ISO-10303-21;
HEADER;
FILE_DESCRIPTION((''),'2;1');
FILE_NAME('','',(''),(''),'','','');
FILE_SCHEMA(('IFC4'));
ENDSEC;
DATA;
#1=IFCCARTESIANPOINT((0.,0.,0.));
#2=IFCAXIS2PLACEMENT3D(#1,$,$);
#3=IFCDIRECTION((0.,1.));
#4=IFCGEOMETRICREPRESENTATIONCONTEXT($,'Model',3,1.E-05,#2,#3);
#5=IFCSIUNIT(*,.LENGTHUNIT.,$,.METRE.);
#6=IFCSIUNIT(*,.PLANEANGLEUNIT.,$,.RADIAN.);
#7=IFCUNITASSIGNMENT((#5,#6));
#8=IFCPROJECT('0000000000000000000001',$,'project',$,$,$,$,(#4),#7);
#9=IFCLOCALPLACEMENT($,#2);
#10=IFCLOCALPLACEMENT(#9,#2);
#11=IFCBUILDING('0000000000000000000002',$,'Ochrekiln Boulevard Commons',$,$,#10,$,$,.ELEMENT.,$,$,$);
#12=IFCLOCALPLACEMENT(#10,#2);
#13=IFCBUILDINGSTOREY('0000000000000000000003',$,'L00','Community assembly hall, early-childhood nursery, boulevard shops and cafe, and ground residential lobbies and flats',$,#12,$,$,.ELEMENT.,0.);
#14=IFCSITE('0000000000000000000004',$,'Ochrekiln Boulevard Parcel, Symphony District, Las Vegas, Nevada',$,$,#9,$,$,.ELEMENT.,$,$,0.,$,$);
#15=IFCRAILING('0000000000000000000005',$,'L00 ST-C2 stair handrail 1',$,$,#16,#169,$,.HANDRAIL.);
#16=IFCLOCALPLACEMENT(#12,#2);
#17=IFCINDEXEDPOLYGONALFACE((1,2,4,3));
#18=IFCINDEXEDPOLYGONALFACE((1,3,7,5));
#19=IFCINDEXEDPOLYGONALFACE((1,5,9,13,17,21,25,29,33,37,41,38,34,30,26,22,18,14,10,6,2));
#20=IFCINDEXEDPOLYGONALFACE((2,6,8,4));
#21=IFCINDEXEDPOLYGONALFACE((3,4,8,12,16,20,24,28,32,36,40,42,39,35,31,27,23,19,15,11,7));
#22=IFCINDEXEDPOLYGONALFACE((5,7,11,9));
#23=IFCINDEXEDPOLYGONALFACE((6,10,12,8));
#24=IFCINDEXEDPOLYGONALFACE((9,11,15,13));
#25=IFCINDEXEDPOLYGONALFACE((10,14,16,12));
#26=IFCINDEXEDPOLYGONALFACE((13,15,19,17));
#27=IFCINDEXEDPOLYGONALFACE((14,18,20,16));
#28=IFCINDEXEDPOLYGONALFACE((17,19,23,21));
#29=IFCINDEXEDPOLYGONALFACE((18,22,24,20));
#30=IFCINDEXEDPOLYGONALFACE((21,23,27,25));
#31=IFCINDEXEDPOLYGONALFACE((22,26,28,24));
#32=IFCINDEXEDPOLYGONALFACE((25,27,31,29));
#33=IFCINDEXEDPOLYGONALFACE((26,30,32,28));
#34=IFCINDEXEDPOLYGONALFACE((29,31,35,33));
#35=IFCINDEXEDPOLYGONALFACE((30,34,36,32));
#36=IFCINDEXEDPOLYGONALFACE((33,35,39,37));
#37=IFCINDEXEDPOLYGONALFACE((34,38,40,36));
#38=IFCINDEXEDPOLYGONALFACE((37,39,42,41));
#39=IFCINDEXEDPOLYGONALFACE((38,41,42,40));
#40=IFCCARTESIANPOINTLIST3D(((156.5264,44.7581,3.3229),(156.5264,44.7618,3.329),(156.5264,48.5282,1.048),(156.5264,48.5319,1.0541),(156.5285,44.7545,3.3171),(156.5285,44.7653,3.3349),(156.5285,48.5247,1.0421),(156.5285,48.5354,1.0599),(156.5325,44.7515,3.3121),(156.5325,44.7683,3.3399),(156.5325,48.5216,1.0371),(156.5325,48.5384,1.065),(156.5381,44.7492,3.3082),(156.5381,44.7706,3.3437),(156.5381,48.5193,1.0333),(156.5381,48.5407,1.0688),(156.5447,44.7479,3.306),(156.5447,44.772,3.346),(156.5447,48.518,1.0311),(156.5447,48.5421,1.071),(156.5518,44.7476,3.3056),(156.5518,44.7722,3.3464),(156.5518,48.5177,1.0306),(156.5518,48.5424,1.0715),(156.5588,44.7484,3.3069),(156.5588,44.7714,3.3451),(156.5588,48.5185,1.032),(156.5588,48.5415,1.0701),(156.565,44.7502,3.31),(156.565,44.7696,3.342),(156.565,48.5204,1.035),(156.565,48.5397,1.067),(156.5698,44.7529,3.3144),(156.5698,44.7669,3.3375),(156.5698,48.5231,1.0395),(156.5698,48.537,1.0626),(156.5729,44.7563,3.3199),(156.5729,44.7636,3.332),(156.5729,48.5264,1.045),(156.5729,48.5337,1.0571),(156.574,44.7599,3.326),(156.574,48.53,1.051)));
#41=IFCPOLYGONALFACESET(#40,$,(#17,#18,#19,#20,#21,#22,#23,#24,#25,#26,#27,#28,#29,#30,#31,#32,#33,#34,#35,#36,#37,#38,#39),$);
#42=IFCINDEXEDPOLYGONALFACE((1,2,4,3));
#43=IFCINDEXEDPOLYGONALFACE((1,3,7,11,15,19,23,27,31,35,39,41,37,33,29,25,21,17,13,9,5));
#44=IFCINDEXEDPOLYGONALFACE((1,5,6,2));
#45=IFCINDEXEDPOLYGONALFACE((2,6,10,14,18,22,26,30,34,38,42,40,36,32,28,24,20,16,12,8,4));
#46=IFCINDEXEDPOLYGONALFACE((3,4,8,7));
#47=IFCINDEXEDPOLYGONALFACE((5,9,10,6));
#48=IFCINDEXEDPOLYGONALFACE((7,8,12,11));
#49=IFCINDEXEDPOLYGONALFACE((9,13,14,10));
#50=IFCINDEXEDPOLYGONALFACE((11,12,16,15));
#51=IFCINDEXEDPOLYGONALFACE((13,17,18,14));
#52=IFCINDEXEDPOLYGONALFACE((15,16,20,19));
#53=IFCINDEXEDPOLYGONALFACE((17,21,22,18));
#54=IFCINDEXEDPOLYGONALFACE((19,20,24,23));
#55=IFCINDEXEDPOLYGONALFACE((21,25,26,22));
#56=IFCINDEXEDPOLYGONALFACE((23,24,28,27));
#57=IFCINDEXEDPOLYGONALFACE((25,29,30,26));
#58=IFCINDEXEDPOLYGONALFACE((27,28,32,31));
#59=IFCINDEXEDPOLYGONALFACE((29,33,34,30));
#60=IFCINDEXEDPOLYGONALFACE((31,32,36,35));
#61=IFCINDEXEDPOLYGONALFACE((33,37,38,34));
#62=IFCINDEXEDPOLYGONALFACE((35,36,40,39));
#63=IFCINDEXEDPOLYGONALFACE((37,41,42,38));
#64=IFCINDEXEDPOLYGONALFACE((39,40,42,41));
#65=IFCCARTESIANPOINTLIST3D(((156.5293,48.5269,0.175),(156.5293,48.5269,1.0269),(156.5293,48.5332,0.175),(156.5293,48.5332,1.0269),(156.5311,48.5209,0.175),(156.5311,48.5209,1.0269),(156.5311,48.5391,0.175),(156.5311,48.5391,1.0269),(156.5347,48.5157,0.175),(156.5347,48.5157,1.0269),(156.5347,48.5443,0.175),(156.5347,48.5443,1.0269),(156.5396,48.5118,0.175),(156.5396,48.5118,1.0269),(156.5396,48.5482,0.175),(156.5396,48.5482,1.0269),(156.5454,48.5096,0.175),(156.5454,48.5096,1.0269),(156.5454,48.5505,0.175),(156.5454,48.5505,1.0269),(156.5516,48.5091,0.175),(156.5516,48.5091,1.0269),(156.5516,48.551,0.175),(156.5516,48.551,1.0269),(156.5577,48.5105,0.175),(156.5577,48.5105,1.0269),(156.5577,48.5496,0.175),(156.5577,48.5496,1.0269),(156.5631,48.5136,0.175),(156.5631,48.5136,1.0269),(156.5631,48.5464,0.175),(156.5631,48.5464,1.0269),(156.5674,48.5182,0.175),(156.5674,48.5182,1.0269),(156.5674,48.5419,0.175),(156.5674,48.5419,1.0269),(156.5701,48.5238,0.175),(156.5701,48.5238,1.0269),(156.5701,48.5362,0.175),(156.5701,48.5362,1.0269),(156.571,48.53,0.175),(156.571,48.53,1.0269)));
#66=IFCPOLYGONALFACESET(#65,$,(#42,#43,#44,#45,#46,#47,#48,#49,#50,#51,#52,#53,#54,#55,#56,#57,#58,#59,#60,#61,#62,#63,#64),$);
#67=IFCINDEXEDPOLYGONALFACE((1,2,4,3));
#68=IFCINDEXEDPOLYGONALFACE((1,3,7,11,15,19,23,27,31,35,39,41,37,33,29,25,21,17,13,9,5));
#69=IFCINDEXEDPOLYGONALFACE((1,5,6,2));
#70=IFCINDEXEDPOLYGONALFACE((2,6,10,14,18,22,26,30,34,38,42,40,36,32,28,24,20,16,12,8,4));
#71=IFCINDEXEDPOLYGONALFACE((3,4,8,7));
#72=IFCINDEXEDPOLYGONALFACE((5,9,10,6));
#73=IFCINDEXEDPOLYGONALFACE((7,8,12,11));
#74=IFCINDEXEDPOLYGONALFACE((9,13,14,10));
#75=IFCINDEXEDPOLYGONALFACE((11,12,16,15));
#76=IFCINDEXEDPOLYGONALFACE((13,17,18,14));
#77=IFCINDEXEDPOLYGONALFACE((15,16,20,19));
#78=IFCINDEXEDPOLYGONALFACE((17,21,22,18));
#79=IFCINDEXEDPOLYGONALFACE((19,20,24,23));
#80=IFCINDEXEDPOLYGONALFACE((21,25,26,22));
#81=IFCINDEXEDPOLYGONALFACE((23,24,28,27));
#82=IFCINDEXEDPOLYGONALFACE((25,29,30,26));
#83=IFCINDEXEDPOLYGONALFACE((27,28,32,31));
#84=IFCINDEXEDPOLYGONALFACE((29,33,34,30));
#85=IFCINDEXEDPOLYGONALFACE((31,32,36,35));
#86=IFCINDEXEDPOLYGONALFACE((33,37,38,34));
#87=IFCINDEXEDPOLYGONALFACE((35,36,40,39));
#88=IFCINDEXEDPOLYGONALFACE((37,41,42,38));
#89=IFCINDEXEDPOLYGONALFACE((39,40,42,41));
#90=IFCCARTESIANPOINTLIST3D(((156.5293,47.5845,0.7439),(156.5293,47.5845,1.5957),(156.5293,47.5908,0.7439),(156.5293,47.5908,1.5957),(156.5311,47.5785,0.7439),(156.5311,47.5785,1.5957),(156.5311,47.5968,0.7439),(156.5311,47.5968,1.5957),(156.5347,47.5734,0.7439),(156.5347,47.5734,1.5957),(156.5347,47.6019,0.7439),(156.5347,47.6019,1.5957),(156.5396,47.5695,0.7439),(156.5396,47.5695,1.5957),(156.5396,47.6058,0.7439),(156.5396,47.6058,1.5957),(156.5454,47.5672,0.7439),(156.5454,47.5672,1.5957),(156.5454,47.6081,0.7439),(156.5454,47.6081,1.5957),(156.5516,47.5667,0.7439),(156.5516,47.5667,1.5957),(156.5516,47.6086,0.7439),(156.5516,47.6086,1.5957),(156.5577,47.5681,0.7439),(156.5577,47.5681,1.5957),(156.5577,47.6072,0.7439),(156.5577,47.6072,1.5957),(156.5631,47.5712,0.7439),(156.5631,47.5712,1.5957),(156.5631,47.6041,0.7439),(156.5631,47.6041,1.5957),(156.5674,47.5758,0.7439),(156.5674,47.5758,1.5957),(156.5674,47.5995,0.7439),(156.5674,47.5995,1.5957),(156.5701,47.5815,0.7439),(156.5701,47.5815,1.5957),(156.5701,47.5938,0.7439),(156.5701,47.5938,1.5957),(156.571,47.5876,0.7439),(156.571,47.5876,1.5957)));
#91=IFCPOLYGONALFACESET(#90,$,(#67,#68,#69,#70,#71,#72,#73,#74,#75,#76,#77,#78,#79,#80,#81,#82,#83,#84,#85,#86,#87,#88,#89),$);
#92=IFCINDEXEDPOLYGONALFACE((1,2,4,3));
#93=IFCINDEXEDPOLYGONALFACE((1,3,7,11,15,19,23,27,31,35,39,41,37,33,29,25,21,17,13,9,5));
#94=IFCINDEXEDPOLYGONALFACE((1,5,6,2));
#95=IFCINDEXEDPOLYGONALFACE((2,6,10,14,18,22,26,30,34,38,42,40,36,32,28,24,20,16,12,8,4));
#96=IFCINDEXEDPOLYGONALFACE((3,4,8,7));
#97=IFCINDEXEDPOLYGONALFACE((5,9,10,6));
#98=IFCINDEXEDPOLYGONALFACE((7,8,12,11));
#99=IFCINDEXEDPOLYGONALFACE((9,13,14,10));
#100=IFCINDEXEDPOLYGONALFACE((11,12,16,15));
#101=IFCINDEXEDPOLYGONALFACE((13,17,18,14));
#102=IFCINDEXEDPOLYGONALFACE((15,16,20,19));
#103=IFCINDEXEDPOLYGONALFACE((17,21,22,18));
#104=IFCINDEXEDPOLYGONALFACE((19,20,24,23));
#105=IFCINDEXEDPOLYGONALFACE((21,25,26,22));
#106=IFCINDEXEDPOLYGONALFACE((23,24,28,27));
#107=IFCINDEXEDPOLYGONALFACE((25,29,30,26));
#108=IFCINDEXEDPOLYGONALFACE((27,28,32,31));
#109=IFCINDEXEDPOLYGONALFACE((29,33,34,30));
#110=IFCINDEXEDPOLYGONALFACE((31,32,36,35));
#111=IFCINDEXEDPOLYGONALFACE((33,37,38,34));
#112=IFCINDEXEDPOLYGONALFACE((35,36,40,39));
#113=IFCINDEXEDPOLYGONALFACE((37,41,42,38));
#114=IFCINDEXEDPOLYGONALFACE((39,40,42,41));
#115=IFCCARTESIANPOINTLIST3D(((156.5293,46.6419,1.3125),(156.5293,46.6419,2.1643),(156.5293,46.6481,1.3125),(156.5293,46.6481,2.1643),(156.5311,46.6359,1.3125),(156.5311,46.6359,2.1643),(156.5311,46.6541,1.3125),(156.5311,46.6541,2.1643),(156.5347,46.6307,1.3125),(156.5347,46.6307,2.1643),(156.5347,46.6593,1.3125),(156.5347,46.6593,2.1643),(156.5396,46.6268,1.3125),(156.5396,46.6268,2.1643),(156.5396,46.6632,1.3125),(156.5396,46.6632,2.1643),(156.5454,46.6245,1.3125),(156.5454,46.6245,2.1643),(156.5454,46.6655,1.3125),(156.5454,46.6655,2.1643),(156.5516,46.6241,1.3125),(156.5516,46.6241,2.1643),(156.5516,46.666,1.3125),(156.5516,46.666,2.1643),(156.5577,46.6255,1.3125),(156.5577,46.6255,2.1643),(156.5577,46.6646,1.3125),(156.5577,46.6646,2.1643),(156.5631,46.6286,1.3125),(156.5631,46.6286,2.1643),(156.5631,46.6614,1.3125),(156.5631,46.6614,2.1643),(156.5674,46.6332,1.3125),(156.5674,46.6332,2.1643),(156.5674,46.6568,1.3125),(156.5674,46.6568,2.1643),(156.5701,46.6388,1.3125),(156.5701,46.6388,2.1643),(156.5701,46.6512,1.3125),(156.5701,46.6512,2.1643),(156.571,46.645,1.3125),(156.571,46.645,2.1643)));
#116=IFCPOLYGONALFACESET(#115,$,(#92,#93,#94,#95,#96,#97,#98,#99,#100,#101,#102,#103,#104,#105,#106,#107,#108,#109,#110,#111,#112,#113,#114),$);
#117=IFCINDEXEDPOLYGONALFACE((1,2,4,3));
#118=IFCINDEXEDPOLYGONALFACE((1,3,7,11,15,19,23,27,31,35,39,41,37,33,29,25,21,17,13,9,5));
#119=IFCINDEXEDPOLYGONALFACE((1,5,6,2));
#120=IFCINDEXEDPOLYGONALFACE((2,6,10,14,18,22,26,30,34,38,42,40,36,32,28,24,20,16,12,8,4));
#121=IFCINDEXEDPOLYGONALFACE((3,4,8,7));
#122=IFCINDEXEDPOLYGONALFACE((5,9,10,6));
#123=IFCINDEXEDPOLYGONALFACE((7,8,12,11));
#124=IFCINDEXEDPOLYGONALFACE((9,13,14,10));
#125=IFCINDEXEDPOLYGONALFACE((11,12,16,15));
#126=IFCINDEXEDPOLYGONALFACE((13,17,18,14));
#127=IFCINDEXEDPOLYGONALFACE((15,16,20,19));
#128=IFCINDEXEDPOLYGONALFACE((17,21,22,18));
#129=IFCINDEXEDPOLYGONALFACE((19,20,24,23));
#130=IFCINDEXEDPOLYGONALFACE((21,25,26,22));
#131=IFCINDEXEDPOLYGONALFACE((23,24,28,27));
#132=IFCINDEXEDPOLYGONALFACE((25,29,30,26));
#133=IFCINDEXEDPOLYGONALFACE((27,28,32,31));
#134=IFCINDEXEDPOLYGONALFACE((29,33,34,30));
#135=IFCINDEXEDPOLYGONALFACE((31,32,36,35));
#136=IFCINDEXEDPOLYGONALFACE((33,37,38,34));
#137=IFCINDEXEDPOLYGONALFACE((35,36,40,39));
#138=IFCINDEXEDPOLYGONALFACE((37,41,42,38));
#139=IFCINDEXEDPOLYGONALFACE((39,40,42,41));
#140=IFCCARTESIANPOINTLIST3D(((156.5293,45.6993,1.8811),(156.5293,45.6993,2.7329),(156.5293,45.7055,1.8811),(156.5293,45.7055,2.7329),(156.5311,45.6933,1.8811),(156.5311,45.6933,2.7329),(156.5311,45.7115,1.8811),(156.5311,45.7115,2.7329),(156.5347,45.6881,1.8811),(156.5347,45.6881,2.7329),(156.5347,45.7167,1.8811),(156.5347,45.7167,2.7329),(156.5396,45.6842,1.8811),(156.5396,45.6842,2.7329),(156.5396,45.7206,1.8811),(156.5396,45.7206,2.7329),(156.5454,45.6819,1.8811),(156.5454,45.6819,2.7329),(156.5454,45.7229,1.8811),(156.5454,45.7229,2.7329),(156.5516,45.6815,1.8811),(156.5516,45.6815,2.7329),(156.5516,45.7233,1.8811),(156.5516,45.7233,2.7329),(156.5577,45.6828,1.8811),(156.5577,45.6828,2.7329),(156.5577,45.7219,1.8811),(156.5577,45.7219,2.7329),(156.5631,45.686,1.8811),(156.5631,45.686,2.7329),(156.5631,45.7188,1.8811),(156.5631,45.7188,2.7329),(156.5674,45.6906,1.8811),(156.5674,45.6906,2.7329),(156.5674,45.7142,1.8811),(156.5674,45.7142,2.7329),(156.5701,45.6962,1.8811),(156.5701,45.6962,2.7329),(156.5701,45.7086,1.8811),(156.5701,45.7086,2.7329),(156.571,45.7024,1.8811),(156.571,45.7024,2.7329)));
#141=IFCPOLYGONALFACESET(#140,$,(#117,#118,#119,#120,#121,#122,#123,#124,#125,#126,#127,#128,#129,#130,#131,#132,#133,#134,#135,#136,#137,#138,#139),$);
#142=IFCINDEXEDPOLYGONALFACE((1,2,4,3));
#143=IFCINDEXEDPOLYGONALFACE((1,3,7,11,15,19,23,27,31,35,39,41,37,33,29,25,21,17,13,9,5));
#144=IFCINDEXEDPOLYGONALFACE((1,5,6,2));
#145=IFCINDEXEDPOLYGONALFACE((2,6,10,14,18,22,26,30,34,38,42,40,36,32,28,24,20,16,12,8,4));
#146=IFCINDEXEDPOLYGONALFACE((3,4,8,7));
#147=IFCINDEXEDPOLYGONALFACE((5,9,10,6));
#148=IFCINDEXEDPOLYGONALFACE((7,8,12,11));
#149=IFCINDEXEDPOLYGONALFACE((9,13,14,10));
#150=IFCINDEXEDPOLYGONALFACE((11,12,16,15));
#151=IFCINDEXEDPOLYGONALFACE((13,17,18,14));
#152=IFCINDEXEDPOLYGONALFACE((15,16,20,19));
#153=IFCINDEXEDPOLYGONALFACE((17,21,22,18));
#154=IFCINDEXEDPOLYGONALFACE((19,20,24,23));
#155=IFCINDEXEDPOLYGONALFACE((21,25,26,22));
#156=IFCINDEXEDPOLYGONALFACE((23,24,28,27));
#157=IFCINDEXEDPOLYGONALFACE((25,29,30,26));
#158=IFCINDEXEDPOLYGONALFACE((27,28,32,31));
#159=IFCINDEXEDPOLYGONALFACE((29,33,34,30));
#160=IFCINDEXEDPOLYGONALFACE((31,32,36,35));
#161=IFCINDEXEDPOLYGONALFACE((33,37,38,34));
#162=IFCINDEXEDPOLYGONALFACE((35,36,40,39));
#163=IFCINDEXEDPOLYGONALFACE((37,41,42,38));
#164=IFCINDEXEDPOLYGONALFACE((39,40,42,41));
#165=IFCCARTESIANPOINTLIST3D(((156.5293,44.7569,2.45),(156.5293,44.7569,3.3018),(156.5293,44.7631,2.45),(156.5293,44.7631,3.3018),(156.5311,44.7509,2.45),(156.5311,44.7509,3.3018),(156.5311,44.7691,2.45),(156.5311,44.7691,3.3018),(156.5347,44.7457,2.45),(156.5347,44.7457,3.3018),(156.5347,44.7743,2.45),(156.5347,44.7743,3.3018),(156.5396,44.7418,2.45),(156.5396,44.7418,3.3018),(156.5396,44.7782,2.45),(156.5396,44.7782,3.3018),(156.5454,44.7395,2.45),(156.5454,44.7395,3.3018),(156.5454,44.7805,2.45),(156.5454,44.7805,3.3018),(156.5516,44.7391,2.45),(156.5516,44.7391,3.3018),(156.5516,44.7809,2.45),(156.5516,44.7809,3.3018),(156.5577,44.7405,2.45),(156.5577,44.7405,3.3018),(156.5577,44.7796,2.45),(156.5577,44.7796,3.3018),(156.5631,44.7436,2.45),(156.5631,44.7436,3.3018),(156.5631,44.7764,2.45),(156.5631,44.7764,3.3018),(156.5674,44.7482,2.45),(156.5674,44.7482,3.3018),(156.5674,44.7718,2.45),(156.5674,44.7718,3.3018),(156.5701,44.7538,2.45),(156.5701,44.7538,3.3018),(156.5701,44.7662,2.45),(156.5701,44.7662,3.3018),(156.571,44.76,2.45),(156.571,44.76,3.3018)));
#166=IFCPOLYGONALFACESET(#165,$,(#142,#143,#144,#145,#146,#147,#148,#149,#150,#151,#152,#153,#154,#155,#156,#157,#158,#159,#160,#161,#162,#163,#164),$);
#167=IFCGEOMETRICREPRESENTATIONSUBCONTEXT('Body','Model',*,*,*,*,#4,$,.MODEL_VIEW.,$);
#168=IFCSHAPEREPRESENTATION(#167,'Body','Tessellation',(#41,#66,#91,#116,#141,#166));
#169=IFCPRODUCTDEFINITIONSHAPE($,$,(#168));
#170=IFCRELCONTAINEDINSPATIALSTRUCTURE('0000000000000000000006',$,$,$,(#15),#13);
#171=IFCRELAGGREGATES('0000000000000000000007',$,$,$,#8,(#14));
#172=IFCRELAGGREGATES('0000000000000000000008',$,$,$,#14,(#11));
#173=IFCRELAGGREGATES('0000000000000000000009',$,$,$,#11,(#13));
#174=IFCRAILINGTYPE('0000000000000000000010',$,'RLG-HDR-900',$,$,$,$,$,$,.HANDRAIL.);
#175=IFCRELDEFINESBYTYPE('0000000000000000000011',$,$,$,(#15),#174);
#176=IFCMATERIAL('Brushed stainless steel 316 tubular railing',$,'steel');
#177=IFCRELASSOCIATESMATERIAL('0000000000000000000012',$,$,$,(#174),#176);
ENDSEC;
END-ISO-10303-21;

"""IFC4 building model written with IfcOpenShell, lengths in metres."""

from ifc_helpers import new_model, si_unit, direction, frame, origin, origin_2d, place, context, subcontext, project, spatial, circle, extrude, material, type_object, element, save


model = new_model("IFC4")

# Units and contexts
model_context = context("Model", 3, precision=1e-05, world=origin(), true_north=direction((0.0, 1.0)))
body_context = subcontext(model_context, "Body", "Model", "MODEL_VIEW")
ifc_project = project(units=[si_unit("LENGTHUNIT", "METRE"), si_unit("PLANEANGLEUNIT", "RADIAN")], contexts=[model_context])

# Site, building, storey
site_placement = place(None, origin())
site = spatial("IfcSite", under=ifc_project, at=site_placement, Name="Ochrekiln Boulevard Parcel, Symphony District, Las Vegas, Nevada", CompositionType="ELEMENT", RefElevation=0.0)
building_placement = place(site_placement, origin())
building = spatial("IfcBuilding", under=site, at=building_placement, Name="Ochrekiln Boulevard Commons", CompositionType="ELEMENT")
storey_placement = place(building_placement, origin())
storey = spatial("IfcBuildingStorey", under=building, at=storey_placement, Name="L00", Description="Community assembly hall, early-childhood nursery, boulevard shops and cafe, and ground residential lobbies and flats", CompositionType="ELEMENT", Elevation=0.0)

# Railing
ifc_material_1 = material(Name="Brushed stainless steel 316 tubular railing", Category="steel")
railing_type_1 = type_object("IfcRailingType", Name="RLG-HDR-900", PredefinedType="HANDRAIL", material=ifc_material_1)
railing_1_placement = place(storey_placement, frame((156.55, 48.53, 0.175)))
element("IfcRailing", 1, at=railing_1_placement, inside=storey, type_object=railing_type_1, Name="L00 ST-C2 stair handrail 1", PredefinedType="HANDRAIL", context=body_context, shape_type="SweptSolid", body=[
    extrude(circle(Radius=0.0239, at=origin_2d()), frame((0.0, 0.0, 0.876), z_axis=(0.0, -0.856199, 0.516647), x_axis=(1.0, 0.0, 0.0)), (0.0, 0.0, 1.0), 4.4033),
    extrude(circle(Radius=0.021, at=origin_2d()), origin(), (0.0, 0.0, 1.0), 0.8518),
    extrude(circle(Radius=0.021, at=origin_2d()), frame((0.0, -0.9424, 0.5688)), (0.0, 0.0, 1.0), 0.8518),
    extrude(circle(Radius=0.021, at=origin_2d()), frame((0.0, -1.885, 1.1375)), (0.0, 0.0, 1.0), 0.8518),
    extrude(circle(Radius=0.021, at=origin_2d()), frame((0.0, -2.8276, 1.7061)), (0.0, 0.0, 1.0), 0.8518),
    extrude(circle(Radius=0.021, at=origin_2d()), frame((0.0, -3.77, 2.2749)), (0.0, 0.0, 1.0), 0.8518),
])

save(model, "model.ifc")
